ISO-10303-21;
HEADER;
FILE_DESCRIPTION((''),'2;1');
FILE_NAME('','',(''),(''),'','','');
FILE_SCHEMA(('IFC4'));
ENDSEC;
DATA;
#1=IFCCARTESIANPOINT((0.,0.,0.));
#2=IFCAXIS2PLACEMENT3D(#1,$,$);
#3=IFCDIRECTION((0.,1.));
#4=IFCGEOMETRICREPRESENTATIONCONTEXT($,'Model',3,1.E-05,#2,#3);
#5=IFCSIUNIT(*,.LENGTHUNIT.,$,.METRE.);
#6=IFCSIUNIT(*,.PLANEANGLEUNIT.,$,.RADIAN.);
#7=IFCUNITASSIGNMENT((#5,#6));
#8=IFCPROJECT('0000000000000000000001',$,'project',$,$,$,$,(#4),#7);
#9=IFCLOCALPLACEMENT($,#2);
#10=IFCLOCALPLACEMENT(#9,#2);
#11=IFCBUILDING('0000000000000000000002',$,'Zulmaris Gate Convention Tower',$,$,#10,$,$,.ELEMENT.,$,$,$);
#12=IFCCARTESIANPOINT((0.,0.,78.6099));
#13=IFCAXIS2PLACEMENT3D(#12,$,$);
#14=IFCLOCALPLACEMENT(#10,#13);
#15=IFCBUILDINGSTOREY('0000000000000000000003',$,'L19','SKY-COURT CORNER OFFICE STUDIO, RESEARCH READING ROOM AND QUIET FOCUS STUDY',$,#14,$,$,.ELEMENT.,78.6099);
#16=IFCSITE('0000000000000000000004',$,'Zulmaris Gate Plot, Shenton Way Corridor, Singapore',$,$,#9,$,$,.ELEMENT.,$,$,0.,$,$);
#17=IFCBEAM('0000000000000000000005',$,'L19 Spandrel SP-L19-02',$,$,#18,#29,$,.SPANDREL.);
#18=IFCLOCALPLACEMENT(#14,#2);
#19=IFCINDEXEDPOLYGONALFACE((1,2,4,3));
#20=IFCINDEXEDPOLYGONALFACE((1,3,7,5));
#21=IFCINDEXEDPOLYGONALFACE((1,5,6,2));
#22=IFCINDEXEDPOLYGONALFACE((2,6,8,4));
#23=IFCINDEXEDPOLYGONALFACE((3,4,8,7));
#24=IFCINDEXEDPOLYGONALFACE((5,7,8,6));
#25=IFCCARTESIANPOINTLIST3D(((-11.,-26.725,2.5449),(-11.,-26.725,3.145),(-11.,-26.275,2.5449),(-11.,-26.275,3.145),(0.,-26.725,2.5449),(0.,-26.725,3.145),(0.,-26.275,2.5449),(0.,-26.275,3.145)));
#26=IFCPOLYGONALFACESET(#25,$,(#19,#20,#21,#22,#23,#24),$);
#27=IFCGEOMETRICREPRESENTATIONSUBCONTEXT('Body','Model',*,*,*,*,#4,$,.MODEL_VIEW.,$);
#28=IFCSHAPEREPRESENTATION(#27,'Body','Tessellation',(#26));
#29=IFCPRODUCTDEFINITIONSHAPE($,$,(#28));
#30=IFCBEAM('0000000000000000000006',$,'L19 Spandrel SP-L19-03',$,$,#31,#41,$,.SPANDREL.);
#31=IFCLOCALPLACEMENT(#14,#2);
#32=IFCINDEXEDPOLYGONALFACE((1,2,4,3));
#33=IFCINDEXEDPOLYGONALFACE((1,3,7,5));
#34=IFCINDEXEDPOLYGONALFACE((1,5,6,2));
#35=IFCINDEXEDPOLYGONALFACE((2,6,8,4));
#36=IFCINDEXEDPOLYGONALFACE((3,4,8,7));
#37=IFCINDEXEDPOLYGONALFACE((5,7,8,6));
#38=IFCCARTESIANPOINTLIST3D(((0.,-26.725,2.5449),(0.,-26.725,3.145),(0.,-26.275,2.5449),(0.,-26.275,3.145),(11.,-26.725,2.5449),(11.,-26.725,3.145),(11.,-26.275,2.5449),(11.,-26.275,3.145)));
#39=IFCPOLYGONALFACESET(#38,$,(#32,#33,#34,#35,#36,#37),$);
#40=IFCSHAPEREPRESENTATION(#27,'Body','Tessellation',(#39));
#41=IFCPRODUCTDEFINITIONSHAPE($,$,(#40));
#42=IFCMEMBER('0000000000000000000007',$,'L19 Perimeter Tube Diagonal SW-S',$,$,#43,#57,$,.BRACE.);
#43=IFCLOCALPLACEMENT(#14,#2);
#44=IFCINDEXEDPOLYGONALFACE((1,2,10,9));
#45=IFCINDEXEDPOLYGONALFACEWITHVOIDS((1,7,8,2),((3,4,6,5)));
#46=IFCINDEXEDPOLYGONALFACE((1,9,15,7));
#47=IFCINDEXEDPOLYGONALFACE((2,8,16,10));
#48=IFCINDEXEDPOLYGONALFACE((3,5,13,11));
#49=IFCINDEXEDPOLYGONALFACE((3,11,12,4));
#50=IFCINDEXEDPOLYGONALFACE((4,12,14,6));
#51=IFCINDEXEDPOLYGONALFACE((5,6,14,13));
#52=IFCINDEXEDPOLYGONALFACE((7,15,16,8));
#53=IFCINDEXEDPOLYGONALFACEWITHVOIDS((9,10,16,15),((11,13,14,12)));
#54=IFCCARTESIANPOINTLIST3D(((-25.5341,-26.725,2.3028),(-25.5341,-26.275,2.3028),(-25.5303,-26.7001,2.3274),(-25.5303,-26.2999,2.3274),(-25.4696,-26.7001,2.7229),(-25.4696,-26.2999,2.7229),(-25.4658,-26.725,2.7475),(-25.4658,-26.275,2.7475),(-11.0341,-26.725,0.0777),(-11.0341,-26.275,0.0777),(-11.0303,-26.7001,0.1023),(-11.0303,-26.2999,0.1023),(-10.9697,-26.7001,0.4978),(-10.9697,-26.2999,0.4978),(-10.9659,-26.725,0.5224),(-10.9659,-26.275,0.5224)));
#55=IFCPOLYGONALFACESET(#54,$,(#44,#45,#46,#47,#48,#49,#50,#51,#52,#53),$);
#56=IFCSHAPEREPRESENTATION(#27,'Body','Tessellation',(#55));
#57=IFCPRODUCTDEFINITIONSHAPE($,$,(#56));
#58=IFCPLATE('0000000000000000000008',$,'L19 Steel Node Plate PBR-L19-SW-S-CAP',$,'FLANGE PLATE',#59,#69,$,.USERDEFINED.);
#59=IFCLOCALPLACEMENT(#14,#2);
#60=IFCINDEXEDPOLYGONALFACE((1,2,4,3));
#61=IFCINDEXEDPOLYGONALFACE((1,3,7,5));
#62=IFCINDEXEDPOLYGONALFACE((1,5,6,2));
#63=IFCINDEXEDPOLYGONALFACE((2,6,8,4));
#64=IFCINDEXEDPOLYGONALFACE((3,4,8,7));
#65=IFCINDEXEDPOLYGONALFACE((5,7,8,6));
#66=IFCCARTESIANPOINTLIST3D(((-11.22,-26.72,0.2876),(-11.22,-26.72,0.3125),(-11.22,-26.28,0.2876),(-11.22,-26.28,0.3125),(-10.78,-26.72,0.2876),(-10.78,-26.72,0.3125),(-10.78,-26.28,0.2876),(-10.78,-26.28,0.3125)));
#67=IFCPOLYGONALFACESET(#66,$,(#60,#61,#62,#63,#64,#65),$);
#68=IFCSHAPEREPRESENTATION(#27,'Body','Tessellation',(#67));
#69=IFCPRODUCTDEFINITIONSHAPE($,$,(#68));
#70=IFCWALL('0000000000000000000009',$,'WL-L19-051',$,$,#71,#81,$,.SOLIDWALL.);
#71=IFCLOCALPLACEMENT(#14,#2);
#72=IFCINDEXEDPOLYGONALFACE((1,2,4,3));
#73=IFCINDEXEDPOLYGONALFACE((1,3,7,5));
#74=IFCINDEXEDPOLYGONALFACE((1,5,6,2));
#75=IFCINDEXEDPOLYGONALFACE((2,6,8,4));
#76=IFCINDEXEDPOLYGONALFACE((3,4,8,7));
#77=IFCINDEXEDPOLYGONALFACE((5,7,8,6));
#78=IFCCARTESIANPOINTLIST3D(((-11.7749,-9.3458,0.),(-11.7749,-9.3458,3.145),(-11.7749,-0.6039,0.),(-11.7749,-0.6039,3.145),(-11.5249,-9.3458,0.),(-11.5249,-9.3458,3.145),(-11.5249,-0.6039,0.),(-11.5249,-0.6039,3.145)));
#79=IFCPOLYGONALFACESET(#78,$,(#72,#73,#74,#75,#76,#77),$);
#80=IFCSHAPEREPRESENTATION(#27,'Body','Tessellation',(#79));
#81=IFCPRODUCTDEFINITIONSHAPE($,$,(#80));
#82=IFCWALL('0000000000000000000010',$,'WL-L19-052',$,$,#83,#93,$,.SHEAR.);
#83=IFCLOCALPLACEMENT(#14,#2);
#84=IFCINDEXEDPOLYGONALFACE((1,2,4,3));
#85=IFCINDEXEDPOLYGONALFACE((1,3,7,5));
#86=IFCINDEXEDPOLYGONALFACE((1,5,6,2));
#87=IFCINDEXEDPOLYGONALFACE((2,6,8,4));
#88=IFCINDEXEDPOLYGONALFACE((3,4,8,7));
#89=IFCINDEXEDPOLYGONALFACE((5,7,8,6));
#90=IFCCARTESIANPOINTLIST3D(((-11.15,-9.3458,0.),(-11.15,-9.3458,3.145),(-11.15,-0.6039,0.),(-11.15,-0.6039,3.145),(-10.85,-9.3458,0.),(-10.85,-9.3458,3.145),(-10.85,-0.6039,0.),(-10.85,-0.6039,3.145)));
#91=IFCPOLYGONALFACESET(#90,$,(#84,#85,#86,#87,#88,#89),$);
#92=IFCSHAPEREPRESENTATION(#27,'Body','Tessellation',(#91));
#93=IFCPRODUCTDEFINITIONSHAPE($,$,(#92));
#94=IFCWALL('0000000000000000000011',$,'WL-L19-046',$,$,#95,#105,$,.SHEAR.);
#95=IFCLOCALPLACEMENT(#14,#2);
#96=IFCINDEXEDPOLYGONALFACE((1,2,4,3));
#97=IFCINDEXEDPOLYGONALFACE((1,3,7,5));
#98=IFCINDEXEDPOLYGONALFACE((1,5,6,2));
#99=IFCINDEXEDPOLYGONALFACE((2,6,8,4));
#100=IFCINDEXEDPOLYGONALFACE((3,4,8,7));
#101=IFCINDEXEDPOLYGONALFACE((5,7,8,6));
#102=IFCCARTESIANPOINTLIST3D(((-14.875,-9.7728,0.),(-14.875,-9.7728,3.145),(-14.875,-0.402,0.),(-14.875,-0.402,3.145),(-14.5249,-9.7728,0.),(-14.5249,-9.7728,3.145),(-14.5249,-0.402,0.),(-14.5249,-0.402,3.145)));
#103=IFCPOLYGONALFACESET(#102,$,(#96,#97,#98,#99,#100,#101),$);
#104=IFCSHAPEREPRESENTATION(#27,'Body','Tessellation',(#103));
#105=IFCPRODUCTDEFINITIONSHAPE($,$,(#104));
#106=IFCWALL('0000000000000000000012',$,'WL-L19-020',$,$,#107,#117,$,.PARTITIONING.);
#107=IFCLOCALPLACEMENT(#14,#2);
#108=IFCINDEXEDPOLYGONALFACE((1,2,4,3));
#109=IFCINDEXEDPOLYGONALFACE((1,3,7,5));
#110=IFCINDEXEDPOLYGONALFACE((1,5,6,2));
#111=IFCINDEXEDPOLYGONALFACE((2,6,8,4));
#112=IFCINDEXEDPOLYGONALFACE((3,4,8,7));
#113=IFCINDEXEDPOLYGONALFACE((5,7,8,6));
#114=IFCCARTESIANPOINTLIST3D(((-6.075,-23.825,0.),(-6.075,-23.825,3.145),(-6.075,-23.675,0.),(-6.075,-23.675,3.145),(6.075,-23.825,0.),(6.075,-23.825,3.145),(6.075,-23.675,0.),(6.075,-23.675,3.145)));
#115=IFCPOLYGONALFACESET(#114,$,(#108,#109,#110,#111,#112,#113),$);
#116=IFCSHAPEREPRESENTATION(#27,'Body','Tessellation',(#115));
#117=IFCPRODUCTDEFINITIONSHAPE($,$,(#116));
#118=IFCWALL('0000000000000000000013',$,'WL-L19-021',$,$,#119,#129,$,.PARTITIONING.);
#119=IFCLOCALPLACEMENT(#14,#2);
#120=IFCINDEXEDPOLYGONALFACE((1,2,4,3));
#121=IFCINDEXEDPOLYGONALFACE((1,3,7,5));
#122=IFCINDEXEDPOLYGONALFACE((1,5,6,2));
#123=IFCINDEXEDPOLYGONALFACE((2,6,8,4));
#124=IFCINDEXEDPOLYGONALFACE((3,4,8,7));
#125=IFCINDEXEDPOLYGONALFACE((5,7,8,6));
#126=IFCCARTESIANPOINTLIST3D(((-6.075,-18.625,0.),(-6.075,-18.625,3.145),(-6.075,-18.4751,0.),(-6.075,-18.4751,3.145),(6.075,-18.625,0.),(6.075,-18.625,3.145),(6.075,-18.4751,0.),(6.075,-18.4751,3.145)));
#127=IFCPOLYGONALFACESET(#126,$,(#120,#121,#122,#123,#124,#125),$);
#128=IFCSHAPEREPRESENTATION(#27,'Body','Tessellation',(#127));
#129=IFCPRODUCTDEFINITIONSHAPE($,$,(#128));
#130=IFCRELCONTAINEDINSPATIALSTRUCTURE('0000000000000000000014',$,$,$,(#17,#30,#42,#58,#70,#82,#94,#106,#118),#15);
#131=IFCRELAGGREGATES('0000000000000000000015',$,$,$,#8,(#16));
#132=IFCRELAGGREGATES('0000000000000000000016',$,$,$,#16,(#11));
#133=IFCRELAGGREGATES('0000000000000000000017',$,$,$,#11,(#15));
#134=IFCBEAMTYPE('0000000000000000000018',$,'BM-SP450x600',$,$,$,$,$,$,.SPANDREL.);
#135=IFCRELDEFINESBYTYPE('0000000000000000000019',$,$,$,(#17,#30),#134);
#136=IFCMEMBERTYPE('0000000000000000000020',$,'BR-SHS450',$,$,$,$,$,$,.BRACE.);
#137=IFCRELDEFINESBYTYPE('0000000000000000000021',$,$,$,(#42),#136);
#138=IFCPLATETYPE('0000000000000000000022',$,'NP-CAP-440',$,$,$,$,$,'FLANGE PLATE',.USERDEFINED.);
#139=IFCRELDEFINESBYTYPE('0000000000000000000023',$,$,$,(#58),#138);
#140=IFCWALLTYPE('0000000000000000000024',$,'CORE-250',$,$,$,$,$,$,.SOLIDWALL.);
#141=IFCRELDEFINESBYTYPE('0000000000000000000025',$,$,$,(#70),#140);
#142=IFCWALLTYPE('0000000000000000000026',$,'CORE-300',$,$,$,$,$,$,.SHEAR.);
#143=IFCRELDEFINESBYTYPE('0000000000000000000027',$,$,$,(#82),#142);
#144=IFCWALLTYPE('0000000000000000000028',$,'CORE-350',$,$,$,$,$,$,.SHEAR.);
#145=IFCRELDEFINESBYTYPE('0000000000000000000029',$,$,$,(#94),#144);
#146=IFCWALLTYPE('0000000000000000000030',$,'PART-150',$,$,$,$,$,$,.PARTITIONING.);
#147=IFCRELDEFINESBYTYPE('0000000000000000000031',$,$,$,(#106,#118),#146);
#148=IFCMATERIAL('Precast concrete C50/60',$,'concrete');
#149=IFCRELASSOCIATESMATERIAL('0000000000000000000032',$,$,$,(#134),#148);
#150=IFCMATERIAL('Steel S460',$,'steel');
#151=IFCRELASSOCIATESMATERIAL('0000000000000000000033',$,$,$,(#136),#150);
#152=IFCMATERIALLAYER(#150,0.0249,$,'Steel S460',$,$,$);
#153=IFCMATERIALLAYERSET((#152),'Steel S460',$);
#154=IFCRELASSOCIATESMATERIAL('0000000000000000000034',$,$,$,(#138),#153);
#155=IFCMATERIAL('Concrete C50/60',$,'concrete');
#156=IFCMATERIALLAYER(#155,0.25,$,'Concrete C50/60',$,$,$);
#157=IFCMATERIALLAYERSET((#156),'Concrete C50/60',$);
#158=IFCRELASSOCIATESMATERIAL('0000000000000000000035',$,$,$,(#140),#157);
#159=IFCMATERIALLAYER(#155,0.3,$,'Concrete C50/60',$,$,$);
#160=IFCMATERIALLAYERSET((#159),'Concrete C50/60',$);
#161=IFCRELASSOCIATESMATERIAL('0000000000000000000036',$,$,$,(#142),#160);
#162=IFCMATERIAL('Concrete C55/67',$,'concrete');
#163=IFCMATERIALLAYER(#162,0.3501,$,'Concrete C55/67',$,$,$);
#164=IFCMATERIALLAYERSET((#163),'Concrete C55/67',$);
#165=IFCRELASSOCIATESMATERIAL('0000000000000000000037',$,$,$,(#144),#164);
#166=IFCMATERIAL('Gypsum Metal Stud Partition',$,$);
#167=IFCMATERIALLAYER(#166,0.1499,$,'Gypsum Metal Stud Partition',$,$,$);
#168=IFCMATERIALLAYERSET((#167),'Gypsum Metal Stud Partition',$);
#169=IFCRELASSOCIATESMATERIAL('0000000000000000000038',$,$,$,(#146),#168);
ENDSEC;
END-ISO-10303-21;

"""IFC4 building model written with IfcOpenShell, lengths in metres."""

from ifc_helpers import new_model, si_unit, direction, frame, frame_2d, origin, origin_2d, place, context, subcontext, project, spatial, rectangle, hollow_rectangle, extrude, material, layer, layer_set, material_profile, profile_set, type_object, element, save


model = new_model("IFC4")

# Units and contexts
model_context = context("Model", 3, precision=1e-05, world=origin(), true_north=direction((0.0, 1.0)))
body_context = subcontext(model_context, "Body", "Model", "MODEL_VIEW")
ifc_project = project(units=[si_unit("LENGTHUNIT", "METRE"), si_unit("PLANEANGLEUNIT", "RADIAN")], contexts=[model_context])

# Site, building, storey
site_placement = place(None, origin())
site = spatial("IfcSite", under=ifc_project, at=site_placement, Name="Zulmaris Gate Plot, Shenton Way Corridor, Singapore", CompositionType="ELEMENT", RefElevation=0.0)
building_placement = place(site_placement, origin())
building = spatial("IfcBuilding", under=site, at=building_placement, Name="Zulmaris Gate Convention Tower", CompositionType="ELEMENT")
storey_placement = place(building_placement, frame((0.0, 0.0, 78.6099)))
storey = spatial("IfcBuildingStorey", under=building, at=storey_placement, Name="L19", Description="SKY-COURT CORNER OFFICE STUDIO, RESEARCH READING ROOM AND QUIET FOCUS STUDY", CompositionType="ELEMENT", Elevation=78.6099)

# Beams
ifc_material_1 = material(Name="Precast concrete C50/60", Category="concrete")
ifc_material_profile_1 = material_profile(ifc_material_1, rectangle(XDim=0.45, YDim=0.6001, at=origin_2d()), Name="RC SPANDREL 450x600")
ifc_profile_set_1 = profile_set([ifc_material_profile_1], Name="Precast concrete C50/60")
beam_type_1 = type_object("IfcBeamType", Name="BM-SP450x600", PredefinedType="SPANDREL", material=ifc_profile_set_1)
for number, where, z_axis, x_axis, name in (
    (1, (-11.0, -26.5, 2.845), (1.0, 0.0, 0.0), (0.0, 1.0, 0.0), "L19 Spandrel SP-L19-02"),
    (2, (0.0, -26.5, 2.845), (1.0, 0.0, 0.0), (0.0, 1.0, 0.0), "L19 Spandrel SP-L19-03"),
):
    element("IfcBeam", number, at=place(storey_placement, frame(where, z_axis=z_axis, x_axis=x_axis)), inside=storey, type_object=beam_type_1, Name=name, PredefinedType="SPANDREL", context=body_context, shape_type="SweptSolid", body=[
        extrude(rectangle(XDim=0.45, YDim=0.6001, at=origin_2d()), origin(), (0.0, 0.0, 1.0), 11.0),
    ])

# Member
ifc_material_2 = material(Name="Steel S460", Category="steel")
ifc_material_profile_2 = material_profile(ifc_material_2, hollow_rectangle(XDim=0.45, YDim=0.45, WallThickness=0.0249, at=origin_2d()), Name="SHS 450x450x25")
ifc_profile_set_2 = profile_set([ifc_material_profile_2], Name="Steel S460")
member_type = type_object("IfcMemberType", Name="BR-SHS450", PredefinedType="BRACE", material=ifc_profile_set_2)
member_placement = place(storey_placement, frame((-11.0, -26.5, 0.3), z_axis=(-0.98843, 0.0, 0.151679), x_axis=(0.0, -1.0, 0.0)))
element("IfcMember", 3, at=member_placement, inside=storey, type_object=member_type, Name="L19 Perimeter Tube Diagonal SW-S", PredefinedType="BRACE", context=body_context, shape_type="SweptSolid", body=[
    extrude(hollow_rectangle(XDim=0.45, YDim=0.45, WallThickness=0.0249, at=origin_2d()), origin(), (0.0, 0.0, 1.0), 14.6697),
])

# Plate
ifc_layer_1 = layer(ifc_material_2, 0.0249, Name="Steel S460")
ifc_layer_set_1 = layer_set([ifc_layer_1], Name="Steel S460")
plate_type = type_object("IfcPlateType", Name="NP-CAP-440", ElementType="FLANGE PLATE", PredefinedType="USERDEFINED", material=ifc_layer_set_1)
plate_placement = place(storey_placement, frame((-11.0, -26.5, 0.2876), z_axis=(0.0, 0.0, 1.0), x_axis=(1.0, 0.0, 0.0)))
element("IfcPlate", 4, at=plate_placement, inside=storey, type_object=plate_type, Name="L19 Steel Node Plate PBR-L19-SW-S-CAP", ObjectType="FLANGE PLATE", PredefinedType="USERDEFINED", context=body_context, shape_type="SweptSolid", body=[
    extrude(rectangle(XDim=0.4399, YDim=0.4399, at=origin_2d()), origin(), (0.0, 0.0, 1.0), 0.0249),
])

# Walls
ifc_material_3 = material(Name="Concrete C50/60", Category="concrete")
ifc_layer_2 = layer(ifc_material_3, 0.25, Name="Concrete C50/60")
ifc_layer_set_2 = layer_set([ifc_layer_2], Name="Concrete C50/60")
wall_type_1 = type_object("IfcWallType", Name="CORE-250", PredefinedType="SOLIDWALL", material=ifc_layer_set_2)
wall_1_placement = place(storey_placement, frame((-11.6499, -9.3459, 0.0), z_axis=(0.0, 0.0, 1.0), x_axis=(0.0, 1.0, 0.0)))
element("IfcWall", 5, at=wall_1_placement, inside=storey, type_object=wall_type_1, Name="WL-L19-051", PredefinedType="SOLIDWALL", context=body_context, shape_type="SweptSolid", body=[
    extrude(rectangle(XDim=8.7419, YDim=0.25, at=frame_2d((4.3711, 0.0))), origin(), (0.0, 0.0, 1.0), 3.145),
])
ifc_layer_3 = layer(ifc_material_3, 0.3, Name="Concrete C50/60")
ifc_layer_set_3 = layer_set([ifc_layer_3], Name="Concrete C50/60")
wall_type_2 = type_object("IfcWallType", Name="CORE-300", PredefinedType="SHEAR", material=ifc_layer_set_3)
wall_2_placement = place(storey_placement, frame((-11.0, -9.3459, 0.0), z_axis=(0.0, 0.0, 1.0), x_axis=(0.0, 1.0, 0.0)))
element("IfcWall", 6, at=wall_2_placement, inside=storey, type_object=wall_type_2, Name="WL-L19-052", PredefinedType="SHEAR", context=body_context, shape_type="SweptSolid", body=[
    extrude(rectangle(XDim=8.7419, YDim=0.3, at=frame_2d((4.3711, 0.0))), origin(), (0.0, 0.0, 1.0), 3.145),
])
ifc_material_4 = material(Name="Concrete C55/67", Category="concrete")
ifc_layer_4 = layer(ifc_material_4, 0.3501, Name="Concrete C55/67")
ifc_layer_set_4 = layer_set([ifc_layer_4], Name="Concrete C55/67")
wall_type_3 = type_object("IfcWallType", Name="CORE-350", PredefinedType="SHEAR", material=ifc_layer_set_4)
wall_3_placement = place(storey_placement, frame((-14.7, -9.7729, 0.0), z_axis=(0.0, 0.0, 1.0), x_axis=(0.0, 1.0, 0.0)))
element("IfcWall", 7, at=wall_3_placement, inside=storey, type_object=wall_type_3, Name="WL-L19-046", PredefinedType="SHEAR", context=body_context, shape_type="SweptSolid", body=[
    extrude(rectangle(XDim=9.3708, YDim=0.3501, at=frame_2d((4.6855, 0.0))), origin(), (0.0, 0.0, 1.0), 3.145),
])
ifc_material_5 = material(Name="Gypsum Metal Stud Partition")
ifc_layer_5 = layer(ifc_material_5, 0.1499, Name="Gypsum Metal Stud Partition")
ifc_layer_set_5 = layer_set([ifc_layer_5], Name="Gypsum Metal Stud Partition")
wall_type_4 = type_object("IfcWallType", Name="PART-150", PredefinedType="PARTITIONING", material=ifc_layer_set_5)
for number, where, z_axis, x_axis, name in (
    (8, (-6.075, -23.75, 0.0), (0.0, 0.0, 1.0), (1.0, 0.0, 0.0), "WL-L19-020"),
    (9, (-6.075, -18.55, 0.0), (0.0, 0.0, 1.0), (1.0, 0.0, 0.0), "WL-L19-021"),
):
    element("IfcWall", number, at=place(storey_placement, frame(where, z_axis=z_axis, x_axis=x_axis)), inside=storey, type_object=wall_type_4, Name=name, PredefinedType="PARTITIONING", context=body_context, shape_type="SweptSolid", body=[
        extrude(rectangle(XDim=12.1499, YDim=0.1499, at=frame_2d((6.075, 0.0))), origin(), (0.0, 0.0, 1.0), 3.145),
    ])

save(model, "model.ifc")
